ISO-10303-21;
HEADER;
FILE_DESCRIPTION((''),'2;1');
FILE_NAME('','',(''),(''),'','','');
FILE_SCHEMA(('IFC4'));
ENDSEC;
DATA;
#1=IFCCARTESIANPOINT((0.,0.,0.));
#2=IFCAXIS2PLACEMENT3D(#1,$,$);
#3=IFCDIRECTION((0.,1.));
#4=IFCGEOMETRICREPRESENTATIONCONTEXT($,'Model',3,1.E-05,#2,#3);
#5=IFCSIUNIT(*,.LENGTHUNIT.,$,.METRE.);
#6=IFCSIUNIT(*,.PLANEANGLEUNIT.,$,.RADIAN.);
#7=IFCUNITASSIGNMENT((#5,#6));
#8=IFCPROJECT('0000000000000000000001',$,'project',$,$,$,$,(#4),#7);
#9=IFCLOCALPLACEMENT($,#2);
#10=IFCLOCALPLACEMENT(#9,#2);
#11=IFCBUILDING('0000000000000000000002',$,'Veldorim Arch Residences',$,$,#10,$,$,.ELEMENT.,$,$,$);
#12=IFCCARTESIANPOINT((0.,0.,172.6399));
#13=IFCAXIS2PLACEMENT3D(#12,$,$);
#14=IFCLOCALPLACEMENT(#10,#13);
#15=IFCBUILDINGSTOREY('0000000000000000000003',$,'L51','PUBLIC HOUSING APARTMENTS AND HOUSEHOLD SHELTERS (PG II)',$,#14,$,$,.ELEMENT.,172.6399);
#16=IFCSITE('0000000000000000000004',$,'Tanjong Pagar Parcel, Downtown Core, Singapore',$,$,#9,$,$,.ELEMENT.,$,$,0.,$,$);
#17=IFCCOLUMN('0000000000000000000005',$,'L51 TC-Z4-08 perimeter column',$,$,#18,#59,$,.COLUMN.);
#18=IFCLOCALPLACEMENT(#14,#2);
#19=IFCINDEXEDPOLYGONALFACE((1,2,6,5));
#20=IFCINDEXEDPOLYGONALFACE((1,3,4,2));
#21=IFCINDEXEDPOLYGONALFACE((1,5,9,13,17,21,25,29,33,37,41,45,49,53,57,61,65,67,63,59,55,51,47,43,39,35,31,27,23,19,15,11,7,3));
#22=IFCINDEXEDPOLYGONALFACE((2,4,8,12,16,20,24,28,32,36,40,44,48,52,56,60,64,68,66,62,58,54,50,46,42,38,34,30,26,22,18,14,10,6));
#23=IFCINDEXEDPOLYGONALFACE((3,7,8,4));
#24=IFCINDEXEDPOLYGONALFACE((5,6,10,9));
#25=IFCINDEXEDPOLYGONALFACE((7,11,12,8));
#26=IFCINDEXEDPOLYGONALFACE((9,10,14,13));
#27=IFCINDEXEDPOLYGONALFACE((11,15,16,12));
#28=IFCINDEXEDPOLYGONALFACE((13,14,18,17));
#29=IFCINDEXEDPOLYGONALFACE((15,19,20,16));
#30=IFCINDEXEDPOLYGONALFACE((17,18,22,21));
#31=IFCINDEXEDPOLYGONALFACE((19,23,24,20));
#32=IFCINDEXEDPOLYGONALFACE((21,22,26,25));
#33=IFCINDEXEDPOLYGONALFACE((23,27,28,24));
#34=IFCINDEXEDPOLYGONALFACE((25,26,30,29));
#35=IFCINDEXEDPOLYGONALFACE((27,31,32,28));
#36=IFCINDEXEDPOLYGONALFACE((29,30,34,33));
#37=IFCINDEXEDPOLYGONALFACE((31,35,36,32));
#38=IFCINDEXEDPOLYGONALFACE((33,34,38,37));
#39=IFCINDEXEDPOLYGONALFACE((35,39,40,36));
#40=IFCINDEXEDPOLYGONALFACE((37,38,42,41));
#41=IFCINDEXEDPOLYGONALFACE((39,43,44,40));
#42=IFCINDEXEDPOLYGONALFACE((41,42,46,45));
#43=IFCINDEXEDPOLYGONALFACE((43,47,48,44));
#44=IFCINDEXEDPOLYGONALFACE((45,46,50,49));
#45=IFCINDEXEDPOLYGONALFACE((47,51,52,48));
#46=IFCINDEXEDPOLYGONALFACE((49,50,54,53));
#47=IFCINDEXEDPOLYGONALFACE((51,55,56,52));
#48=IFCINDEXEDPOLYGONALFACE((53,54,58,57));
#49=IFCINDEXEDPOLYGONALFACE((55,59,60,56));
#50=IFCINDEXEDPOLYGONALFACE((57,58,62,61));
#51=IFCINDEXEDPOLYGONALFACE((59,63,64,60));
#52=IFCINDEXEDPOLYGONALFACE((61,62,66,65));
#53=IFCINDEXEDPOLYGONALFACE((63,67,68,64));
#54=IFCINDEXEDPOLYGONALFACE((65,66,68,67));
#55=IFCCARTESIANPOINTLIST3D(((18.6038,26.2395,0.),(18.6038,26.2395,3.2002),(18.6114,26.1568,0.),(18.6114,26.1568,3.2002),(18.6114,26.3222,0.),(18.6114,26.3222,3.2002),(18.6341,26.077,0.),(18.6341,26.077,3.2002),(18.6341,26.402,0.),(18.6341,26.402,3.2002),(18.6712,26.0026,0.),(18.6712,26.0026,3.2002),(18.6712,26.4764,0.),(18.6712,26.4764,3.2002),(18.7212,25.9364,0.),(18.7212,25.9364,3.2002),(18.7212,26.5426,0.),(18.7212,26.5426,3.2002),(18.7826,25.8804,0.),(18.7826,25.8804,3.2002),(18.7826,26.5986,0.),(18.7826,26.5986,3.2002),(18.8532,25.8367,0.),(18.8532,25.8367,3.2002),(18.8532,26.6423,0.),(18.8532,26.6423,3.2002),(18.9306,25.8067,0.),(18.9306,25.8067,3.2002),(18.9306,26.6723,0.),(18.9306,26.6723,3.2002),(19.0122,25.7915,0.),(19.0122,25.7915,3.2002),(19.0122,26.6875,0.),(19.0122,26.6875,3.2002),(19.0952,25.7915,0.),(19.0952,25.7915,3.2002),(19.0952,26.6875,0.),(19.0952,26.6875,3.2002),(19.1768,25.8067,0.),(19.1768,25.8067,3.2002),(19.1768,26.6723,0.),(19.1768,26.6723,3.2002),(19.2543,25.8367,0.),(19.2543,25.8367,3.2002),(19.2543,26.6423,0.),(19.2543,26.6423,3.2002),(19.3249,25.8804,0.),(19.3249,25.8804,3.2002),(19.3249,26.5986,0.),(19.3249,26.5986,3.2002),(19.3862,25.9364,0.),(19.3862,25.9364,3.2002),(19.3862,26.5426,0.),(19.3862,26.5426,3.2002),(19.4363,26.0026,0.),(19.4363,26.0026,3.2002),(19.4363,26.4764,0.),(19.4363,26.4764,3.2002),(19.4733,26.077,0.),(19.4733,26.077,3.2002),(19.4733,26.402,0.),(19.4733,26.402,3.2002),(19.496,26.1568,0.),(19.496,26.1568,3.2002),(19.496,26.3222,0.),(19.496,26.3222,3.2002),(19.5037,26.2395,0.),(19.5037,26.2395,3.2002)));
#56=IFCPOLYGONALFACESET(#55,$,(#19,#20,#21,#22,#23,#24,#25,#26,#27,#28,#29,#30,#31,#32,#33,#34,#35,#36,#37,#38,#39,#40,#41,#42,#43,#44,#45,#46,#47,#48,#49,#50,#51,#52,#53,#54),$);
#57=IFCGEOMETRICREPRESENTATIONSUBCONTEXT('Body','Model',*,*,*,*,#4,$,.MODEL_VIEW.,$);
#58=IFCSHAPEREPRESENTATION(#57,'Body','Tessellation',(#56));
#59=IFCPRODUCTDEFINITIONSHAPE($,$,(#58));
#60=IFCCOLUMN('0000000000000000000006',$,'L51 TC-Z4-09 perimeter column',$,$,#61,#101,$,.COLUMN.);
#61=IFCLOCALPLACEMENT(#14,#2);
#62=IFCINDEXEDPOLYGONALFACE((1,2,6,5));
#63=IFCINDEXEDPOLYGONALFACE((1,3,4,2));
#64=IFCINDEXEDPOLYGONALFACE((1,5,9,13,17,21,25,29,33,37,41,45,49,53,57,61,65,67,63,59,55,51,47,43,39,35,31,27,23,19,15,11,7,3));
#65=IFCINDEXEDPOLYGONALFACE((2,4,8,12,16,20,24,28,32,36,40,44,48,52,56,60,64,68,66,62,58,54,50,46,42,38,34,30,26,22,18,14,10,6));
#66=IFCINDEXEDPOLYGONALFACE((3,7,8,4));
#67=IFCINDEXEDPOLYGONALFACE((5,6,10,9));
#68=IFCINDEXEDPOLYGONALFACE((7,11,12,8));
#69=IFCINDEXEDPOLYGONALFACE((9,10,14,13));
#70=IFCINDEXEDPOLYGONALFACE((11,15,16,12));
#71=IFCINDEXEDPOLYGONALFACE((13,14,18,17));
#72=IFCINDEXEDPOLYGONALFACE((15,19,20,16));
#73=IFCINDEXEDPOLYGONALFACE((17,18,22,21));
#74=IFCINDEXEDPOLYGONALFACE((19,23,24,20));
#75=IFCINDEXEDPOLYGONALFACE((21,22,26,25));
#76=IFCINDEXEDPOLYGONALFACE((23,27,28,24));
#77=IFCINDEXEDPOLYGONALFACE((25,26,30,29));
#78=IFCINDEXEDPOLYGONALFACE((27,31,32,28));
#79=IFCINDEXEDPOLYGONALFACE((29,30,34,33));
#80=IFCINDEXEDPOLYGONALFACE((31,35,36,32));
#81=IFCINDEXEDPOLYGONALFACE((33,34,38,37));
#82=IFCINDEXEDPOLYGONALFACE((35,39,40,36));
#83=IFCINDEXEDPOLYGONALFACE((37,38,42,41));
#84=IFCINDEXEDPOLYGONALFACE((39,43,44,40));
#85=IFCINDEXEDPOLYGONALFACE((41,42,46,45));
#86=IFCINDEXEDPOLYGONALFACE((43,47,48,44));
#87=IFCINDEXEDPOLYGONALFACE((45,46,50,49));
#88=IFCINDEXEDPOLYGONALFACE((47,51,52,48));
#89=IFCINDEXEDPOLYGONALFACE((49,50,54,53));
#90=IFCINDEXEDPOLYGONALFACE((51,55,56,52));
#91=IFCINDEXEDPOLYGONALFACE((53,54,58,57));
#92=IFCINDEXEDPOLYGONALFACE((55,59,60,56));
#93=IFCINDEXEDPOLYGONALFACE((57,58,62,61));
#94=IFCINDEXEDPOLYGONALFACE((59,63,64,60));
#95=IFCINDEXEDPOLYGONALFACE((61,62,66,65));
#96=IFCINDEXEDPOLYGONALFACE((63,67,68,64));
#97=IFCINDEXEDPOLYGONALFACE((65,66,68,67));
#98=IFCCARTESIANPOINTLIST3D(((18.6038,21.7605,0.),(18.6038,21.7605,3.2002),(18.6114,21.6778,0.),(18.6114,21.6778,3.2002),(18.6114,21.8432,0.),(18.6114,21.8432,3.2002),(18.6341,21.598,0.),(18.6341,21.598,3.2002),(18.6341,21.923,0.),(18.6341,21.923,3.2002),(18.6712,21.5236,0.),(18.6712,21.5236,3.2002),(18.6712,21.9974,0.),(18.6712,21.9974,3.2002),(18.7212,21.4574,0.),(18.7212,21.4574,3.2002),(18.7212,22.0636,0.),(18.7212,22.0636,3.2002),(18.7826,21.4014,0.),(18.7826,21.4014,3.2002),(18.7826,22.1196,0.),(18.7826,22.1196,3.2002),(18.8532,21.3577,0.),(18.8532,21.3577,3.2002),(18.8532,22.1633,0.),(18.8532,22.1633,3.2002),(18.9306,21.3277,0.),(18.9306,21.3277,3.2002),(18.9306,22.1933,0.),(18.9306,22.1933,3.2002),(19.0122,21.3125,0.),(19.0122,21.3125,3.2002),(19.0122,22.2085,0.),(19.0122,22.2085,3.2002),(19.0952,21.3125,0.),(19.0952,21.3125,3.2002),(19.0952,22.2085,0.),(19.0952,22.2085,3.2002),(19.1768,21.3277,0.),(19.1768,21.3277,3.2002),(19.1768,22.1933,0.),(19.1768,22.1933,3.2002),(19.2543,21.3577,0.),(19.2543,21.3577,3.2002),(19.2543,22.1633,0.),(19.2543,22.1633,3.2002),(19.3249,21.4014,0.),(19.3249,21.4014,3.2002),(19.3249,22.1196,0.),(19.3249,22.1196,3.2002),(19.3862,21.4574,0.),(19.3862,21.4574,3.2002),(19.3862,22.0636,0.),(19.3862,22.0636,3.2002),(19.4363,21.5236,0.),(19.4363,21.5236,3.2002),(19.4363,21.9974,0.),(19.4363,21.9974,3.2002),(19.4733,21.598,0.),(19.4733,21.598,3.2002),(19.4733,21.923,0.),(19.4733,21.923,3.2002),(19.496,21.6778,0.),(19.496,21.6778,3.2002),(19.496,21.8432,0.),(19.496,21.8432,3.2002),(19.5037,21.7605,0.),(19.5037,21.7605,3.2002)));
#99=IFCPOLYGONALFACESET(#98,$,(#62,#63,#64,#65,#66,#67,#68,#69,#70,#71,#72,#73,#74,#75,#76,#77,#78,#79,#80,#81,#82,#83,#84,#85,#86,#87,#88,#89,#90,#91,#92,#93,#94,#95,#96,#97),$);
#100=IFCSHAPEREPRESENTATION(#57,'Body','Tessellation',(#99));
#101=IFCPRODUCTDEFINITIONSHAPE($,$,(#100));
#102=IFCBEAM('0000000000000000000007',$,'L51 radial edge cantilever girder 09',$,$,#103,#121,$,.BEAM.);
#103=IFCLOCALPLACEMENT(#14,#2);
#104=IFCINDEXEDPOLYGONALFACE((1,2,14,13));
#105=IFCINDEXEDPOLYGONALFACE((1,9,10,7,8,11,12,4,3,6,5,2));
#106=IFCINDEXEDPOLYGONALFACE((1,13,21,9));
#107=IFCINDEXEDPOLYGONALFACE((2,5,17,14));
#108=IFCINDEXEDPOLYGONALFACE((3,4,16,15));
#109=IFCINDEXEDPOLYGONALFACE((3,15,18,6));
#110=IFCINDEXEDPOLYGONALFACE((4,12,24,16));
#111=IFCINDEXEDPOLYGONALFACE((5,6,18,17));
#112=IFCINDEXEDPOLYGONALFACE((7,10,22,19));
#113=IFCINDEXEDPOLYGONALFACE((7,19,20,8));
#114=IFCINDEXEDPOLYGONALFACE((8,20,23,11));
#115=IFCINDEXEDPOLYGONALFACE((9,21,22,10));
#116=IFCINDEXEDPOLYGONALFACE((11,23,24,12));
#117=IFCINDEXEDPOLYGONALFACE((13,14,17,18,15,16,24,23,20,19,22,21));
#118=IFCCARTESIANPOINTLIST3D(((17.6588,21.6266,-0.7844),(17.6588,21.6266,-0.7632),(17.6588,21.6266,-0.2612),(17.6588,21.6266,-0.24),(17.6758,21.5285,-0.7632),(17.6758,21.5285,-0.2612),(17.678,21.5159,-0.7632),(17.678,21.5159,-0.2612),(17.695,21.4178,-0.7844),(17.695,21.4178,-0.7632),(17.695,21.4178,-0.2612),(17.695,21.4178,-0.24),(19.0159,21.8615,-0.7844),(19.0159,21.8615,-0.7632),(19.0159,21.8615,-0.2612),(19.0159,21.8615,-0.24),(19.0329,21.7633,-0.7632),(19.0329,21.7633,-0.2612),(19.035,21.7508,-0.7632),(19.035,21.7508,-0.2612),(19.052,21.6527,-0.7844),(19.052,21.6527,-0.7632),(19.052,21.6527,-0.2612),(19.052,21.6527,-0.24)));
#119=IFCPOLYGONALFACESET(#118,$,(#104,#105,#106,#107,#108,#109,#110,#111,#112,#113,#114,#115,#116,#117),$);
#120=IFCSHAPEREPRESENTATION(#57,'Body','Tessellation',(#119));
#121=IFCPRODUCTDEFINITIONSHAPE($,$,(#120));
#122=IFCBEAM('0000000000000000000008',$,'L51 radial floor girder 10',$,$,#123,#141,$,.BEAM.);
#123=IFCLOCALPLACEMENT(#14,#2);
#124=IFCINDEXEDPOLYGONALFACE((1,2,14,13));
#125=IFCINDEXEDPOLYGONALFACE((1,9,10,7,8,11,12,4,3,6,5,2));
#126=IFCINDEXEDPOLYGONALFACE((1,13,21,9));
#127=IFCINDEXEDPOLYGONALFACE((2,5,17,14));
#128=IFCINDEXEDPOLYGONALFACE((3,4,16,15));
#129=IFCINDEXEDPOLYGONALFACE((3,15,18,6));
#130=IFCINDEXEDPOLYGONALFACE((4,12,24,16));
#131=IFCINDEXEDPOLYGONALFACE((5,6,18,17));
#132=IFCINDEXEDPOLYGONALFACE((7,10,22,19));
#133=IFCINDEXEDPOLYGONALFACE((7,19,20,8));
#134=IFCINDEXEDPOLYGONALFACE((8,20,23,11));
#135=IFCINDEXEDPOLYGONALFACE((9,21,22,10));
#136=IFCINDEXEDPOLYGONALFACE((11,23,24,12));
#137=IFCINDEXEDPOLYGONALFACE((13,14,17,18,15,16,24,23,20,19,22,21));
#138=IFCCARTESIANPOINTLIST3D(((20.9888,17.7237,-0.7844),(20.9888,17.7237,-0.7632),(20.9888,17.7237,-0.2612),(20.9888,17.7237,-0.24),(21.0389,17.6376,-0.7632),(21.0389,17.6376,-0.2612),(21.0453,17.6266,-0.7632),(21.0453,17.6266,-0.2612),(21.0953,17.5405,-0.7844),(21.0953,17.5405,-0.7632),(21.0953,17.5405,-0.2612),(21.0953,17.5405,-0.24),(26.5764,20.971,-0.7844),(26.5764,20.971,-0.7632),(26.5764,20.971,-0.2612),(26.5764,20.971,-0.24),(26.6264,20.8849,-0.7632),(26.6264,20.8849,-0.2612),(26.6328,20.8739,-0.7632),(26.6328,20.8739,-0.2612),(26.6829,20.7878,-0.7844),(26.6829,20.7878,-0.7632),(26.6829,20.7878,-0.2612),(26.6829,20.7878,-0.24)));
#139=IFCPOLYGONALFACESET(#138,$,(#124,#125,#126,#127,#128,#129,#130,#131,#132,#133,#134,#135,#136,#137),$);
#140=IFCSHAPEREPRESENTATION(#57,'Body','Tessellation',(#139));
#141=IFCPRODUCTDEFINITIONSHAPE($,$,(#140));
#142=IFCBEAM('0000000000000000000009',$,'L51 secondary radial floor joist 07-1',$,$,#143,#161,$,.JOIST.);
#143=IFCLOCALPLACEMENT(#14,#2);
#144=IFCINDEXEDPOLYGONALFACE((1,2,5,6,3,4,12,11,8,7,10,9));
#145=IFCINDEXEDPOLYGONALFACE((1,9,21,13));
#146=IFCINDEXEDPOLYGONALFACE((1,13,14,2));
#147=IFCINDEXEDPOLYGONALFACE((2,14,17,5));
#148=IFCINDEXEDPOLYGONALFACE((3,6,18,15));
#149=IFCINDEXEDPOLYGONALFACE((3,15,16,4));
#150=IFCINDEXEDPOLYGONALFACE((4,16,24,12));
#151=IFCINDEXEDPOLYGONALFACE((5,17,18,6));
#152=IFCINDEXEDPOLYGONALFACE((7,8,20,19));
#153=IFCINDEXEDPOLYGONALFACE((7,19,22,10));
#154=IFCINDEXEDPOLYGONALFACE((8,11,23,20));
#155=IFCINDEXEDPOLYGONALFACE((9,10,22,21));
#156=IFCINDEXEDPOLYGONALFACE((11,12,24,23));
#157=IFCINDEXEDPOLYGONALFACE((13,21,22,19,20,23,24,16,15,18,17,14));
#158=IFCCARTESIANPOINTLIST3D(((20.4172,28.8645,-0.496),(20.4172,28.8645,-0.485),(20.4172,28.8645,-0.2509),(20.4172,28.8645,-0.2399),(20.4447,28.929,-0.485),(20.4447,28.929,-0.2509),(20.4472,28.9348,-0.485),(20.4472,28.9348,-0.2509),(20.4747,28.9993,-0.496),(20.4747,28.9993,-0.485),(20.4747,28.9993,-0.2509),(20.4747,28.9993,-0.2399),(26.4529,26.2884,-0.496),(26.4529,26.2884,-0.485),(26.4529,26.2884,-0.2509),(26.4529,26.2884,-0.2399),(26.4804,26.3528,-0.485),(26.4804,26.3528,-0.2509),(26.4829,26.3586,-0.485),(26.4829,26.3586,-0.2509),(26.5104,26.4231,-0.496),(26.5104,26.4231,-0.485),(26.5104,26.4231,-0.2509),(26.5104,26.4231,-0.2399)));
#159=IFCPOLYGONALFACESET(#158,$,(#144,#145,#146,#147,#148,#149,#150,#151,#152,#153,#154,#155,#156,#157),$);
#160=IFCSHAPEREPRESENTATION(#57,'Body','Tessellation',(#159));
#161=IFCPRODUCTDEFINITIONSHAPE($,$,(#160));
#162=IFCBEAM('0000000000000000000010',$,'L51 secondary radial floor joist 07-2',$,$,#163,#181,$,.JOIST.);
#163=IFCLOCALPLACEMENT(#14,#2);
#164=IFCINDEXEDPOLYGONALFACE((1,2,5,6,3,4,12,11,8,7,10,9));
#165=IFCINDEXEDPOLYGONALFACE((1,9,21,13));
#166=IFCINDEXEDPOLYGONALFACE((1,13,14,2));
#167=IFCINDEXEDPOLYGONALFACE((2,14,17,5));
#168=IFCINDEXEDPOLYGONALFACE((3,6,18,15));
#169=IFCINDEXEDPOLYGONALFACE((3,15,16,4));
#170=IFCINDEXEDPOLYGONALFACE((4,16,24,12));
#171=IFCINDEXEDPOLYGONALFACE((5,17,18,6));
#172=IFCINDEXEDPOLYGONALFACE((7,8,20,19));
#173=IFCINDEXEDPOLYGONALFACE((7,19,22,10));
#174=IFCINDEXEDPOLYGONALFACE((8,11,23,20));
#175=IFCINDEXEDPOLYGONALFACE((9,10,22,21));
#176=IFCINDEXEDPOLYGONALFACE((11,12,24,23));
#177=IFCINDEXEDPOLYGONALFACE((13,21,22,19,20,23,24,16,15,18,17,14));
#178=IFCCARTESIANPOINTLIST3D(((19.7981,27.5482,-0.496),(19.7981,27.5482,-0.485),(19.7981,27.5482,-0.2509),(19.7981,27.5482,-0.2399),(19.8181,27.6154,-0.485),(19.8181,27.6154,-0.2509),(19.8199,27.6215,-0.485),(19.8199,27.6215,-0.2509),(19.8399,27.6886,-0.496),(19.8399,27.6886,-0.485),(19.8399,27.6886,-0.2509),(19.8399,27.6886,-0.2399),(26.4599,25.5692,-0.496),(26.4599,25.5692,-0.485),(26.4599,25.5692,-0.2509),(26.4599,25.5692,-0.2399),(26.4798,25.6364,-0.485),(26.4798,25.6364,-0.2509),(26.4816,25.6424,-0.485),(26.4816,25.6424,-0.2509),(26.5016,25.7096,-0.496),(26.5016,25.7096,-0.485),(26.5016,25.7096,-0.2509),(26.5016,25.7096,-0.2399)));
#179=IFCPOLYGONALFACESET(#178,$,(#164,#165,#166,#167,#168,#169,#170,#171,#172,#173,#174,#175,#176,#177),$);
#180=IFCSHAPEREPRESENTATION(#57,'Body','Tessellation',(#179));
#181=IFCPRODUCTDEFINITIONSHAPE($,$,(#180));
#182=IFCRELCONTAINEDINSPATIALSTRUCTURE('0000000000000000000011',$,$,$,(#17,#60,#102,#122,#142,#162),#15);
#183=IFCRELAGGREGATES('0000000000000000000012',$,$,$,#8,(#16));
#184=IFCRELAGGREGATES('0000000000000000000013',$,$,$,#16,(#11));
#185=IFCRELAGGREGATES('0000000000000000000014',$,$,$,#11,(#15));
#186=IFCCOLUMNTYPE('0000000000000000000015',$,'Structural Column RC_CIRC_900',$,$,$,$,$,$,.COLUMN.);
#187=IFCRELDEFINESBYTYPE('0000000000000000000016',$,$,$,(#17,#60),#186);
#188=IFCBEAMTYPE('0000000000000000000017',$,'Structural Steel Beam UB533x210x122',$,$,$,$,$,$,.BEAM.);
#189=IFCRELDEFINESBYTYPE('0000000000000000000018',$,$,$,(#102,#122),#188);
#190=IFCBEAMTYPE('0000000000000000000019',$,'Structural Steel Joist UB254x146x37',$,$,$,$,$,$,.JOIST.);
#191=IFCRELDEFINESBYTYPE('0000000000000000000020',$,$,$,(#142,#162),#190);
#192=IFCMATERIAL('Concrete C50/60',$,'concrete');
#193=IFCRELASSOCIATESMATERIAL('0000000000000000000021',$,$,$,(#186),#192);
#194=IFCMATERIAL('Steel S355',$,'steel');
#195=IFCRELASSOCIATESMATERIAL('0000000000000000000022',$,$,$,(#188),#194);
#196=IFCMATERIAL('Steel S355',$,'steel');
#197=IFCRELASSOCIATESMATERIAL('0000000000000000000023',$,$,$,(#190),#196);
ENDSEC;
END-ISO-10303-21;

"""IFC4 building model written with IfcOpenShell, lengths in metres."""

from ifc_helpers import new_model, si_unit, direction, frame, origin, origin_2d, place, context, subcontext, project, spatial, circle, i_section, extrude, material, material_profile, profile_set, type_object, element, save


model = new_model("IFC4")

# Units and contexts
model_context = context("Model", 3, precision=1e-05, world=origin(), true_north=direction((0.0, 1.0)))
body_context = subcontext(model_context, "Body", "Model", "MODEL_VIEW")
ifc_project = project(units=[si_unit("LENGTHUNIT", "METRE"), si_unit("PLANEANGLEUNIT", "RADIAN")], contexts=[model_context])

# Site, building, storey
site_placement = place(None, origin())
site = spatial("IfcSite", under=ifc_project, at=site_placement, Name="Tanjong Pagar Parcel, Downtown Core, Singapore", CompositionType="ELEMENT", RefElevation=0.0)
building_placement = place(site_placement, origin())
building = spatial("IfcBuilding", under=site, at=building_placement, Name="Veldorim Arch Residences", CompositionType="ELEMENT")
storey_placement = place(building_placement, frame((0.0, 0.0, 172.6399)))
storey = spatial("IfcBuildingStorey", under=building, at=storey_placement, Name="L51", Description="PUBLIC HOUSING APARTMENTS AND HOUSEHOLD SHELTERS (PG II)", CompositionType="ELEMENT", Elevation=172.6399)

# Columns
ifc_material_1 = material(Name="Concrete C50/60", Category="concrete")
ifc_material_profile_1 = material_profile(ifc_material_1, circle(Radius=0.45, at=origin_2d()), Name="RC_CIRC_900")
ifc_profile_set_1 = profile_set([ifc_material_profile_1], Name="Concrete C50/60")
column_type = type_object("IfcColumnType", Name="Structural Column RC_CIRC_900", PredefinedType="COLUMN", material=ifc_profile_set_1)
for number, where, z_axis, x_axis, name in (
    (1, (19.0537, 26.2395, 0.0), (0.0, 0.0, 1.0), (1.0, 0.0, 0.0), "L51 TC-Z4-08 perimeter column"),
    (2, (19.0537, 21.7605, 0.0), (0.0, 0.0, 1.0), (1.0, 0.0, 0.0), "L51 TC-Z4-09 perimeter column"),
):
    element("IfcColumn", number, at=place(storey_placement, frame(where, z_axis=z_axis, x_axis=x_axis)), inside=storey, type_object=column_type, Name=name, PredefinedType="COLUMN", context=body_context, shape_type="SweptSolid", body=[
        extrude(circle(Radius=0.45, at=origin_2d()), origin(), (0.0, 0.0, 1.0), 3.2002),
    ])

# Beams
ifc_material_2 = material(Name="Steel S355", Category="steel")
ifc_material_profile_2 = material_profile(ifc_material_2, i_section(OverallWidth=0.2119, OverallDepth=0.5444, WebThickness=0.0127, FlangeThickness=0.0212, at=origin_2d()), Name="UB533x210x122")
ifc_profile_set_2 = profile_set([ifc_material_profile_2], Name="Steel S355")
beam_type_1 = type_object("IfcBeamType", Name="Structural Steel Beam UB533x210x122", PredefinedType="BEAM", material=ifc_profile_set_2)
beam_1_placement = place(storey_placement, frame((19.0339, 21.7571, -0.5122), z_axis=(-0.985349, -0.170548, 0.0), x_axis=(0.170548, -0.985349, 0.0)))
element("IfcBeam", 3, at=beam_1_placement, inside=storey, type_object=beam_type_1, Name="L51 radial edge cantilever girder 09", PredefinedType="BEAM", context=body_context, shape_type="SweptSolid", body=[
    extrude(i_section(OverallWidth=0.2119, OverallDepth=0.5444, WebThickness=0.0127, FlangeThickness=0.0212, at=origin_2d()), origin(), (0.0, 0.0, 1.0), 1.3772),
])
beam_2_placement = place(storey_placement, frame((26.6296, 20.8794, -0.5122), z_axis=(-0.864596, -0.502468, 0.0), x_axis=(0.502468, -0.864596, 0.0)))
element("IfcBeam", 4, at=beam_2_placement, inside=storey, type_object=beam_type_1, Name="L51 radial floor girder 10", PredefinedType="BEAM", context=body_context, shape_type="SweptSolid", body=[
    extrude(i_section(OverallWidth=0.2119, OverallDepth=0.5444, WebThickness=0.0127, FlangeThickness=0.0212, at=origin_2d()), origin(), (0.0, 0.0, 1.0), 6.4626),
])
ifc_material_3 = material(Name="Steel S355", Category="steel")
ifc_material_profile_3 = material_profile(ifc_material_3, i_section(OverallWidth=0.1465, OverallDepth=0.2561, WebThickness=0.0063, FlangeThickness=0.011, at=origin_2d()), Name="UB254x146x37")
ifc_profile_set_3 = profile_set([ifc_material_profile_3], Name="Steel S355")
beam_type_2 = type_object("IfcBeamType", Name="Structural Steel Joist UB254x146x37", PredefinedType="JOIST", material=ifc_profile_set_3)
beam_3_placement = place(storey_placement, frame((26.4817, 26.3557, -0.3679), z_axis=(-0.919725, 0.392563, 0.0), x_axis=(-0.392563, -0.919725, 0.0)))
element("IfcBeam", 5, at=beam_3_placement, inside=storey, type_object=beam_type_2, Name="L51 secondary radial floor joist 07-1", PredefinedType="JOIST", context=body_context, shape_type="SweptSolid", body=[
    extrude(i_section(OverallWidth=0.1465, OverallDepth=0.2561, WebThickness=0.0063, FlangeThickness=0.011, at=origin_2d()), origin(), (0.0, 0.0, 1.0), 6.5625),
])
beam_4_placement = place(storey_placement, frame((26.4807, 25.6394, -0.3679), z_axis=(-0.958594, 0.284775, 0.0), x_axis=(-0.284775, -0.958594, 0.0)))
element("IfcBeam", 6, at=beam_4_placement, inside=storey, type_object=beam_type_2, Name="L51 secondary radial floor joist 07-2", PredefinedType="JOIST", context=body_context, shape_type="SweptSolid", body=[
    extrude(i_section(OverallWidth=0.1465, OverallDepth=0.2561, WebThickness=0.0063, FlangeThickness=0.011, at=origin_2d()), origin(), (0.0, 0.0, 1.0), 6.9495),
])

save(model, "model.ifc")
